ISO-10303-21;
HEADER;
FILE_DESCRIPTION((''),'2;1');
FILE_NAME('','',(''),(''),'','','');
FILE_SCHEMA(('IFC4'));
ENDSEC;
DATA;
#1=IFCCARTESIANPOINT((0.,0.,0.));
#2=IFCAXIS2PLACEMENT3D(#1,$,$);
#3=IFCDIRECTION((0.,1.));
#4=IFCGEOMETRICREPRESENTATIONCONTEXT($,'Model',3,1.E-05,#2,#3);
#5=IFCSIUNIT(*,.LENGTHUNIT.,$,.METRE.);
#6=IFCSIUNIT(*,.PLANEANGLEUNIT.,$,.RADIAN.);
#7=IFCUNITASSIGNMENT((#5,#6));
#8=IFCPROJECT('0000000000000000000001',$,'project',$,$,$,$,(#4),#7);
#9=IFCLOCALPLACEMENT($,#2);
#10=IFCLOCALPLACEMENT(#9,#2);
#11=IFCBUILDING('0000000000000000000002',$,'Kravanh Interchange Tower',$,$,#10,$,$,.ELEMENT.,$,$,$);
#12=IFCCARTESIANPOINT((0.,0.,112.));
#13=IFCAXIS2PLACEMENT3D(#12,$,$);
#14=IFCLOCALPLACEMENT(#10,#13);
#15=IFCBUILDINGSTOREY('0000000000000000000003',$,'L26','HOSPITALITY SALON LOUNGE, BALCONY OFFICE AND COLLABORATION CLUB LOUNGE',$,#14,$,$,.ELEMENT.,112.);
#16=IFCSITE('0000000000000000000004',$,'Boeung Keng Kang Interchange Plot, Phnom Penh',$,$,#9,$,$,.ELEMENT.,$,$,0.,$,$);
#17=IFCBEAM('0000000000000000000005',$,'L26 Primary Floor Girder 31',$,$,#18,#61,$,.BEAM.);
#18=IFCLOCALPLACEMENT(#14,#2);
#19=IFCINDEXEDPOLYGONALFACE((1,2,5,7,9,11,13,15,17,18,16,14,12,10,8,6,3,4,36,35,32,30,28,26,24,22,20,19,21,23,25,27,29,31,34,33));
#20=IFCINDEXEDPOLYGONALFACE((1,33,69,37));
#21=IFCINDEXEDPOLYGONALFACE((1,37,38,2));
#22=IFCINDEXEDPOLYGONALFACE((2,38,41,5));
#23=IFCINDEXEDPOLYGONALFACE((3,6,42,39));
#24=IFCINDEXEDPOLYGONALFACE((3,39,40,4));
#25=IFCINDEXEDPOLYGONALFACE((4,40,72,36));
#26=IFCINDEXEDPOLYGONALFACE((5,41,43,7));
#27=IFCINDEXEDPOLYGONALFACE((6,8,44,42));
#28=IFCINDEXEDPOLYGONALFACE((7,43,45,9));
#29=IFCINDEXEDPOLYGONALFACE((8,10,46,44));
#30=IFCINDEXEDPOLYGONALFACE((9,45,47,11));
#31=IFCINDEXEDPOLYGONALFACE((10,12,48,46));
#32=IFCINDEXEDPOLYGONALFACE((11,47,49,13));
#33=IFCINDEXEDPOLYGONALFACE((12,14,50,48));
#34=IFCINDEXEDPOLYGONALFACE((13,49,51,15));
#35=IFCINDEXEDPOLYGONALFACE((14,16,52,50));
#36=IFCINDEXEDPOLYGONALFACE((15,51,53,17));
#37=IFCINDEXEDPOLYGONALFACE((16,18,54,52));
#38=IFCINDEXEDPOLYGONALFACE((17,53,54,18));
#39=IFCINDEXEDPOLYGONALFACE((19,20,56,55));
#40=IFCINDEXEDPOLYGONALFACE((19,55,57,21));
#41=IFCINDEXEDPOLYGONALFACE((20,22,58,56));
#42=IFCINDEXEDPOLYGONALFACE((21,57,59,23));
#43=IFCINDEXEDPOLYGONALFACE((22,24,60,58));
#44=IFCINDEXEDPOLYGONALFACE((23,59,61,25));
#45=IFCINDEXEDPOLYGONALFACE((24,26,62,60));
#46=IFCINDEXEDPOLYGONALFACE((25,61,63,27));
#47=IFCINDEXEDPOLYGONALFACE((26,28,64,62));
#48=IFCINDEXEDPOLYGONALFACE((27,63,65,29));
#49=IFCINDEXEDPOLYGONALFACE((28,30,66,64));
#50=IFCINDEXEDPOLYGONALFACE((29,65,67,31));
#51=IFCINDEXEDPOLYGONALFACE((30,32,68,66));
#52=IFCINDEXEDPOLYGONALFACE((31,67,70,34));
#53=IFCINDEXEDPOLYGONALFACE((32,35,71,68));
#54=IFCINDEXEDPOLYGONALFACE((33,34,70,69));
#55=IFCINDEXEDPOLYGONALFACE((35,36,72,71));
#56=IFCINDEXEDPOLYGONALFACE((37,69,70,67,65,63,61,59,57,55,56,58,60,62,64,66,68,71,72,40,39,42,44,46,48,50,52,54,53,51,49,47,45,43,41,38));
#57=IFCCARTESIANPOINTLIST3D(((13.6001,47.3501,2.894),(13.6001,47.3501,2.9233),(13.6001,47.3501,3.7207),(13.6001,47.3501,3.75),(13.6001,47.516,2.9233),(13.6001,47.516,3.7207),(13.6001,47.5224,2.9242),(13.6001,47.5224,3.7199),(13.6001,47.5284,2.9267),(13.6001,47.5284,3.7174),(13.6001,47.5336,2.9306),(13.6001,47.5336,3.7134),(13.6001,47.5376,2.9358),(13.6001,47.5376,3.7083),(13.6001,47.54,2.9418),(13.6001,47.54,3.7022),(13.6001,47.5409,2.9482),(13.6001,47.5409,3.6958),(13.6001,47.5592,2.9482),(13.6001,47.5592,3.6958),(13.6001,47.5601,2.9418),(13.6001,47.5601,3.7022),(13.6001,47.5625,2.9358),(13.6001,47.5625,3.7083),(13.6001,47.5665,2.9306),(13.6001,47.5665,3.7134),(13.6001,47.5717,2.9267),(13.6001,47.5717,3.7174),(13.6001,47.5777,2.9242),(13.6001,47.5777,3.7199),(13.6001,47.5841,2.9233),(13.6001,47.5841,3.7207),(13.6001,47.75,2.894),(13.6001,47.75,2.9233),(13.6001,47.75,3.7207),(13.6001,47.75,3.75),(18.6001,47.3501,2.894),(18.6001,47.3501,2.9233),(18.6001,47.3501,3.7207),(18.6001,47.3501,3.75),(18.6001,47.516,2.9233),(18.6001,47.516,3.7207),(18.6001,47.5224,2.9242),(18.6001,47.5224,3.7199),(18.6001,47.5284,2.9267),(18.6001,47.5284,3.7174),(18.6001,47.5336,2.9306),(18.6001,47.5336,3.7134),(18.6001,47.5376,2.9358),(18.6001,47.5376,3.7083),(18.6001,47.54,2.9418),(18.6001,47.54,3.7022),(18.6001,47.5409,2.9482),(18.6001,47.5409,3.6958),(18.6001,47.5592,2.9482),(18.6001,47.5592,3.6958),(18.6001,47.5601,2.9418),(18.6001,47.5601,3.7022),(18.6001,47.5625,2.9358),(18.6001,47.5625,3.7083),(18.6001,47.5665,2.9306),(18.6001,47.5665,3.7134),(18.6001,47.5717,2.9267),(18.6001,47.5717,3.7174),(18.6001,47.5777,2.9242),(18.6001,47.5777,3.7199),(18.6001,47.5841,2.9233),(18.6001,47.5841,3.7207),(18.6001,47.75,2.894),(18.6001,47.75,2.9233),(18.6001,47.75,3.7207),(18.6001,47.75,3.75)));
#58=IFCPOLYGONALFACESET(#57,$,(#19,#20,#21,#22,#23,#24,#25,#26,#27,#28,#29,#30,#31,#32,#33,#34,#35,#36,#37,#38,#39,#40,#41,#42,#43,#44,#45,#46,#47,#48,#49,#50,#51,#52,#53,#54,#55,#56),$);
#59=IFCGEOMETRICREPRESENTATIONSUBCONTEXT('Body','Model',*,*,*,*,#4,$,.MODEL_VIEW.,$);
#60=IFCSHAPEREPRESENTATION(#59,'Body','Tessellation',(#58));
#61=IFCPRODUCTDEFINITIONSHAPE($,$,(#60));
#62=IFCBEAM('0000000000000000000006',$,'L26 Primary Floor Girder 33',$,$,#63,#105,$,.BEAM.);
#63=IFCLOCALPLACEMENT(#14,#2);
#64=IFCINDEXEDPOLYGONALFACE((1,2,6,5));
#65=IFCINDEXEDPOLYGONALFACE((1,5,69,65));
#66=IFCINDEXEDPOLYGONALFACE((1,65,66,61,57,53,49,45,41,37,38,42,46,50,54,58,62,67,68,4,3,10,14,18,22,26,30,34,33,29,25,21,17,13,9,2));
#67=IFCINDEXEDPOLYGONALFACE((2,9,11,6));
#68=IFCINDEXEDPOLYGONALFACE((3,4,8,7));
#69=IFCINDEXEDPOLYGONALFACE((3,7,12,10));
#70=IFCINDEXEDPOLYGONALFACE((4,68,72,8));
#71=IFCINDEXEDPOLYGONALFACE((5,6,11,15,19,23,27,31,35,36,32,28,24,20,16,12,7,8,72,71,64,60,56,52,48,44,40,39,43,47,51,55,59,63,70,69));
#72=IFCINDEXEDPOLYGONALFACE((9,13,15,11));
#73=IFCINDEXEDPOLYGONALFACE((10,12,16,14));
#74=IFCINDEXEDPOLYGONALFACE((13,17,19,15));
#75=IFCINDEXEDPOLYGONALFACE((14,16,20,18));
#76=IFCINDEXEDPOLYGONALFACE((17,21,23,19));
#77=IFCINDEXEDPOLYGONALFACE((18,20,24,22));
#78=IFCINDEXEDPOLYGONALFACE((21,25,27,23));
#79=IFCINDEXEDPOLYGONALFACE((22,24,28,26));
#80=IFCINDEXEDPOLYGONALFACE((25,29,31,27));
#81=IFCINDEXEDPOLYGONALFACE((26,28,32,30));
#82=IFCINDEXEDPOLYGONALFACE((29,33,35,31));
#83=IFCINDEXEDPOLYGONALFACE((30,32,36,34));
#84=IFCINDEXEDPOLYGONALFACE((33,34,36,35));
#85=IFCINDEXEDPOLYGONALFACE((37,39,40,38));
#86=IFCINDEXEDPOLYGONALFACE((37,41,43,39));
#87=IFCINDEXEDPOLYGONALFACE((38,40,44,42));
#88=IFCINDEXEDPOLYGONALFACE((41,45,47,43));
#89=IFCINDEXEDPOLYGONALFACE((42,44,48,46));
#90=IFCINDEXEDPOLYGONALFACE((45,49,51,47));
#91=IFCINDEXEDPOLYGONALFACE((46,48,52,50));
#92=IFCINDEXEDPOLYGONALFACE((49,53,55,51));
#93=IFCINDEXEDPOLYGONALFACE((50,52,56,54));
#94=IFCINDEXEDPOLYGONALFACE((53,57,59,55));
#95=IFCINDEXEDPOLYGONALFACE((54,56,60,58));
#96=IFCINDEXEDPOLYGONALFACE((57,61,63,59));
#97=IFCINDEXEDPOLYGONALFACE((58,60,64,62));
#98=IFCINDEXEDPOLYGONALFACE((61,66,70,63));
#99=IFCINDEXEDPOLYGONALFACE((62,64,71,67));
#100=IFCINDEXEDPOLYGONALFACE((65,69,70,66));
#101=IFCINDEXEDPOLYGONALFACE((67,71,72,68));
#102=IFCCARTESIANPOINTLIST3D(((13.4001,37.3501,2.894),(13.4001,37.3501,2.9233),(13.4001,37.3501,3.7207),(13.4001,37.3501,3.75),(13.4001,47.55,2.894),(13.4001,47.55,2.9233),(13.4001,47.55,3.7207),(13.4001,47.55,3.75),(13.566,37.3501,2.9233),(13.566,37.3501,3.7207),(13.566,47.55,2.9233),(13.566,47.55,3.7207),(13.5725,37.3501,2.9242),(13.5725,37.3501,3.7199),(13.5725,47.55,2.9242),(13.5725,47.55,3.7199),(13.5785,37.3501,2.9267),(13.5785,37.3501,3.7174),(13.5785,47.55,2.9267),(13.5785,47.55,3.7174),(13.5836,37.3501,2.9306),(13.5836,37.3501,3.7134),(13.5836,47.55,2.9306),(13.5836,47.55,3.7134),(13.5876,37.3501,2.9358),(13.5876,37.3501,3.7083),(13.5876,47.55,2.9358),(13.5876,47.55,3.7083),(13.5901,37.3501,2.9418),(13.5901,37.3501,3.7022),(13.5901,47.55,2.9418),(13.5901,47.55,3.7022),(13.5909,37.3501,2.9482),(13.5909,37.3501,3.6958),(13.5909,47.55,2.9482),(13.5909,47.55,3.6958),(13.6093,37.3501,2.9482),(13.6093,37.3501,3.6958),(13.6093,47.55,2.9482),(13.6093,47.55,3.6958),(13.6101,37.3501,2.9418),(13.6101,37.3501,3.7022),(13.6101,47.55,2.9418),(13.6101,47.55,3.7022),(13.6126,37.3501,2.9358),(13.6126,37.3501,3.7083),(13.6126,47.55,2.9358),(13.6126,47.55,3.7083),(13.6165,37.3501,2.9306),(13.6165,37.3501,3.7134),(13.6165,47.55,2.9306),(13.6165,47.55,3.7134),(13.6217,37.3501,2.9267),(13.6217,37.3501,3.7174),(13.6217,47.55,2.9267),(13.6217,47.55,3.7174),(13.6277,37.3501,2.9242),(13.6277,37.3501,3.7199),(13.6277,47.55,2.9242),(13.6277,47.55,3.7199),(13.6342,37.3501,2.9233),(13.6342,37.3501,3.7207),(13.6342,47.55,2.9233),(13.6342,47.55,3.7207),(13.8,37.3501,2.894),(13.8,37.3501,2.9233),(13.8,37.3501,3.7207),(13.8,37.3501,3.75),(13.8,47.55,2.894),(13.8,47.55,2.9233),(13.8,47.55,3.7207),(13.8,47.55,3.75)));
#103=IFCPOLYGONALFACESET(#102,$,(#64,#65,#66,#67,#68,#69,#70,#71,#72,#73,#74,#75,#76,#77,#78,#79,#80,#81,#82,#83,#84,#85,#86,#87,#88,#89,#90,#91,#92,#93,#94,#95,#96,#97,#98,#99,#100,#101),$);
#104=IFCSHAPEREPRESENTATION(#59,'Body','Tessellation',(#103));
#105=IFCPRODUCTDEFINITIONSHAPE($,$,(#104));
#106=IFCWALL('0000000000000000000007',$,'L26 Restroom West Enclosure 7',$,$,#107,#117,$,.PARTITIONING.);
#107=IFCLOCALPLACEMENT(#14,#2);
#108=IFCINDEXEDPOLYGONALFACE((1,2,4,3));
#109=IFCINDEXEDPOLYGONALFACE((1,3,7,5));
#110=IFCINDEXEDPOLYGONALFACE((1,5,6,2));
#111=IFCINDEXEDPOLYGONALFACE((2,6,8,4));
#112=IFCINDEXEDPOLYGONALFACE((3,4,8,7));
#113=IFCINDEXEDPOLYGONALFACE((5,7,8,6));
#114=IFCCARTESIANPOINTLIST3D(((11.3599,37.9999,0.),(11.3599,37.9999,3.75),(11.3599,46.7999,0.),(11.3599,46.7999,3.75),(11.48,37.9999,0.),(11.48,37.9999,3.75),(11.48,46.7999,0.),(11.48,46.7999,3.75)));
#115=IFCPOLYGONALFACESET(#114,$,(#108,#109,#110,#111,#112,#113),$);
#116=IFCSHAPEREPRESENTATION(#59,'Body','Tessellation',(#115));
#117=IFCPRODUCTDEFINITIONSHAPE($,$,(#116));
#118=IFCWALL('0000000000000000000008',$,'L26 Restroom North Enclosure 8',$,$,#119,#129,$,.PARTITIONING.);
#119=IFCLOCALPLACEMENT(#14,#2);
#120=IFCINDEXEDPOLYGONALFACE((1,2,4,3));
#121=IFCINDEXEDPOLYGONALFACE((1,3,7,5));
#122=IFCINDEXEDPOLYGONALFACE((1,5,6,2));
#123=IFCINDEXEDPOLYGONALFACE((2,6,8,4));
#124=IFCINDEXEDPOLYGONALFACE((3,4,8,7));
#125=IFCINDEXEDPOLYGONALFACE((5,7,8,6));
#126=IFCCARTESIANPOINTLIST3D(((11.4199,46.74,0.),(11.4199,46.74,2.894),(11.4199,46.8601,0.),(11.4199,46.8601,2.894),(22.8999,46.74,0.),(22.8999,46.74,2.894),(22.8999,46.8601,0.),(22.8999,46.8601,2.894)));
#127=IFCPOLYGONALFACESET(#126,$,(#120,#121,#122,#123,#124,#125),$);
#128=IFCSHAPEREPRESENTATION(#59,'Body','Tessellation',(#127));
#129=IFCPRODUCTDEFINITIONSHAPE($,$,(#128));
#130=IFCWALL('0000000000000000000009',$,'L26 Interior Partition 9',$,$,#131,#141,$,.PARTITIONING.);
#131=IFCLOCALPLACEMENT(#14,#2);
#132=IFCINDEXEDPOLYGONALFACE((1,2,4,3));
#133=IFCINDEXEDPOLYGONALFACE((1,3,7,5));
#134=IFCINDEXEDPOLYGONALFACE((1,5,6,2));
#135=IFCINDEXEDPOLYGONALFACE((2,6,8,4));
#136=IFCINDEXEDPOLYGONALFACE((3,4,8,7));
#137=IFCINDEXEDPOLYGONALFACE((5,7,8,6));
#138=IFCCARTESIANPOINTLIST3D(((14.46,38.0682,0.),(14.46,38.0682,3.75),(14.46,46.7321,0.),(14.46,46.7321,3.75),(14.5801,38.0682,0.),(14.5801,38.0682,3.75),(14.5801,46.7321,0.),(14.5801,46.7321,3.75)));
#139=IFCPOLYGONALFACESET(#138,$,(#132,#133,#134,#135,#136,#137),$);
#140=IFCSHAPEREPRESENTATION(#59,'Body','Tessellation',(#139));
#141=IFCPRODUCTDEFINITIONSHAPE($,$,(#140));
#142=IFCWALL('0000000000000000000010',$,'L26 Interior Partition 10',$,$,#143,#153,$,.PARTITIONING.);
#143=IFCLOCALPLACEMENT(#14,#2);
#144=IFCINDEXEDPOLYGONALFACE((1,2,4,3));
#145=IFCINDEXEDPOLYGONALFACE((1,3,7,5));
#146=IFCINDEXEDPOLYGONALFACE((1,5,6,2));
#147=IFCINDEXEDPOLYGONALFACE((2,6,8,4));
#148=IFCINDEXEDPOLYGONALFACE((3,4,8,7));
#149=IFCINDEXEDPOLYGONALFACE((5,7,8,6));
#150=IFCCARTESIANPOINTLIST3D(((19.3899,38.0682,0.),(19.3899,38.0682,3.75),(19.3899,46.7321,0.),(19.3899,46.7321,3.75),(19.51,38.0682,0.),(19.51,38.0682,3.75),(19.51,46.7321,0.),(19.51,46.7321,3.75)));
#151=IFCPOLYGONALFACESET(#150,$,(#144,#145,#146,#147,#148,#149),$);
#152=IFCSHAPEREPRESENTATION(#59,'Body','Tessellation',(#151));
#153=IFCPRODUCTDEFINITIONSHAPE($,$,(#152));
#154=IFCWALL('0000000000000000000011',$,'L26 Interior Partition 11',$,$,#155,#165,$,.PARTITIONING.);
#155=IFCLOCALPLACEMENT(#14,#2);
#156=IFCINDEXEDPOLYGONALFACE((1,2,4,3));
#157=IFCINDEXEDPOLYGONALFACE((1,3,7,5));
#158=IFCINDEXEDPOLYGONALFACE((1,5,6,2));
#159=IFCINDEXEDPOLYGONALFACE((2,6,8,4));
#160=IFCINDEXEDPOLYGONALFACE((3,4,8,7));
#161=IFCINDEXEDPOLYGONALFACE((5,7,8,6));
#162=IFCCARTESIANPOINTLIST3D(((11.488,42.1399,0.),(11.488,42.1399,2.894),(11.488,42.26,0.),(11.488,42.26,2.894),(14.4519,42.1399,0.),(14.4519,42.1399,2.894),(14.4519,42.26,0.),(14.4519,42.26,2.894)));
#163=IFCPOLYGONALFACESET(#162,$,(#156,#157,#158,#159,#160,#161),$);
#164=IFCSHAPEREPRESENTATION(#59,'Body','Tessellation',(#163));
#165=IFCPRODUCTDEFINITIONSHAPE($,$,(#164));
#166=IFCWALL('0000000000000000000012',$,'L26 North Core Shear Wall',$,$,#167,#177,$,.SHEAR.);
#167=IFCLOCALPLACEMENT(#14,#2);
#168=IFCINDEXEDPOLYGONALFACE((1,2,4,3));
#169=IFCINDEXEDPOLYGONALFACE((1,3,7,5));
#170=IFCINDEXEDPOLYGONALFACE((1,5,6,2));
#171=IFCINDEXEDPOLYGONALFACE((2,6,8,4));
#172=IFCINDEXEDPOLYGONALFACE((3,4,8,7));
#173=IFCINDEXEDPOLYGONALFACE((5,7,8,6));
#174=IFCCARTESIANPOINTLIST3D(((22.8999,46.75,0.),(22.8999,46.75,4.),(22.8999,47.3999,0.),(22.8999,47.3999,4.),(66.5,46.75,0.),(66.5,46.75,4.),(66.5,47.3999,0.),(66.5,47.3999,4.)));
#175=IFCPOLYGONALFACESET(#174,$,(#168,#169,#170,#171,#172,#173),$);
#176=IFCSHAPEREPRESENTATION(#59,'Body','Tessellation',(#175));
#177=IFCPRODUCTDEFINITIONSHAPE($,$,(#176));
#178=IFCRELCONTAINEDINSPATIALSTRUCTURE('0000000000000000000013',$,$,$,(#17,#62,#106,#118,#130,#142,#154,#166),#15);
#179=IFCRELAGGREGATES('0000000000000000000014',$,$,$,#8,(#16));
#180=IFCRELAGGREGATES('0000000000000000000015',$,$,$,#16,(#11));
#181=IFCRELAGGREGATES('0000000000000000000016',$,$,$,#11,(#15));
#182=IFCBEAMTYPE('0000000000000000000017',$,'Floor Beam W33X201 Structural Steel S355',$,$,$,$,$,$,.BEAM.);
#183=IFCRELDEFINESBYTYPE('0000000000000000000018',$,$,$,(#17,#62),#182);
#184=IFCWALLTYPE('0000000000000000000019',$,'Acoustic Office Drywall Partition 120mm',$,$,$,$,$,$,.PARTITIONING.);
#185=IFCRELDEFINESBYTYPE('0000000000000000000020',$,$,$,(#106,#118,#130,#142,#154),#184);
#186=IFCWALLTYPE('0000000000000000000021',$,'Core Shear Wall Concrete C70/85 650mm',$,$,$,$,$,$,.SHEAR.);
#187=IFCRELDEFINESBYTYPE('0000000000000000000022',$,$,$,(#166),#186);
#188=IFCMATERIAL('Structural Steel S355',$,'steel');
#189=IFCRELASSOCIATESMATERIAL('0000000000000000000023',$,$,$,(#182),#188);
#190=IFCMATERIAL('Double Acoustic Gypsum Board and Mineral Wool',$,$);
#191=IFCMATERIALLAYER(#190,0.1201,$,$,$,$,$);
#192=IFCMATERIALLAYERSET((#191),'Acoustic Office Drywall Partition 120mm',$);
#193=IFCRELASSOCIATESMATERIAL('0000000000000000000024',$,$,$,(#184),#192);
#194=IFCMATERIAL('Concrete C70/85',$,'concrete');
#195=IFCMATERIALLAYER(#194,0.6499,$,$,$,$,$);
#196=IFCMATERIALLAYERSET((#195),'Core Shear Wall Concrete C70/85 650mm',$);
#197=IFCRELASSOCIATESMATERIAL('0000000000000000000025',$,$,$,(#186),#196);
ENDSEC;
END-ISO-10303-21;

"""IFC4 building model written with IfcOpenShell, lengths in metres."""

from ifc_helpers import new_model, si_unit, direction, frame, frame_2d, origin, origin_2d, place, context, subcontext, project, spatial, rectangle, i_section, extrude, material, layer, layer_set, material_profile, profile_set, type_object, element, save


model = new_model("IFC4")

# Units and contexts
model_context = context("Model", 3, precision=1e-05, world=origin(), true_north=direction((0.0, 1.0)))
body_context = subcontext(model_context, "Body", "Model", "MODEL_VIEW")
ifc_project = project(units=[si_unit("LENGTHUNIT", "METRE"), si_unit("PLANEANGLEUNIT", "RADIAN")], contexts=[model_context])

# Site, building, storey
site_placement = place(None, origin())
site = spatial("IfcSite", under=ifc_project, at=site_placement, Name="Boeung Keng Kang Interchange Plot, Phnom Penh", CompositionType="ELEMENT", RefElevation=0.0)
building_placement = place(site_placement, origin())
building = spatial("IfcBuilding", under=site, at=building_placement, Name="Kravanh Interchange Tower", CompositionType="ELEMENT")
storey_placement = place(building_placement, frame((0.0, 0.0, 112.0)))
storey = spatial("IfcBuildingStorey", under=building, at=storey_placement, Name="L26", Description="HOSPITALITY SALON LOUNGE, BALCONY OFFICE AND COLLABORATION CLUB LOUNGE", CompositionType="ELEMENT", Elevation=112.0)

# Beams
ifc_material_1 = material(Name="Structural Steel S355", Category="steel")
ifc_material_profile_1 = material_profile(ifc_material_1, i_section(OverallWidth=0.3999, OverallDepth=0.856, WebThickness=0.0183, FlangeThickness=0.0293, FilletRadius=0.0249, at=origin_2d()), Name="W33X201")
ifc_profile_set_1 = profile_set([ifc_material_profile_1], Name="Structural Steel S355")
beam_type = type_object("IfcBeamType", Name="Floor Beam W33X201 Structural Steel S355", PredefinedType="BEAM", material=ifc_profile_set_1)
beam_1_placement = place(storey_placement, frame((18.6001, 47.55, 3.322), z_axis=(-1.0, 0.0, 0.0), x_axis=(0.0, -1.0, 0.0)))
element("IfcBeam", 1, at=beam_1_placement, inside=storey, type_object=beam_type, Name="L26 Primary Floor Girder 31", PredefinedType="BEAM", context=body_context, shape_type="SweptSolid", body=[
    extrude(i_section(OverallWidth=0.3999, OverallDepth=0.856, WebThickness=0.0183, FlangeThickness=0.0293, FilletRadius=0.0249, at=origin_2d()), origin(), (0.0, 0.0, 1.0), 5.0),
])
beam_2_placement = place(storey_placement, frame((13.6001, 37.3501, 3.322), z_axis=(0.0, 1.0, 0.0), x_axis=(-1.0, 0.0, 0.0)))
element("IfcBeam", 2, at=beam_2_placement, inside=storey, type_object=beam_type, Name="L26 Primary Floor Girder 33", PredefinedType="BEAM", context=body_context, shape_type="SweptSolid", body=[
    extrude(i_section(OverallWidth=0.3999, OverallDepth=0.856, WebThickness=0.0183, FlangeThickness=0.0293, FilletRadius=0.0249, at=origin_2d()), origin(), (0.0, 0.0, 1.0), 10.2),
])

# Shared definitions
ifc_material_2 = material(Name="Double Acoustic Gypsum Board and Mineral Wool")
ifc_layer_1 = layer(ifc_material_2, 0.1201)
ifc_layer_set_1 = layer_set([ifc_layer_1], Name="Acoustic Office Drywall Partition 120mm")
wall_type_1 = type_object("IfcWallType", Name="Acoustic Office Drywall Partition 120mm", PredefinedType="PARTITIONING", material=ifc_layer_set_1)

# Walls
wall_1_placement = place(storey_placement, frame((11.4199, 38.0, 0.0), z_axis=(0.0, 0.0, 1.0), x_axis=(0.0, 1.0, 0.0)))
element("IfcWall", 3, at=wall_1_placement, inside=storey, type_object=wall_type_1, Name="L26 Restroom West Enclosure 7", PredefinedType="PARTITIONING", context=body_context, shape_type="SweptSolid", body=[
    extrude(rectangle(XDim=8.8, YDim=0.1201, at=frame_2d((4.3999, 0.0))), origin(), (0.0, 0.0, 1.0), 3.75),
])
wall_2_placement = place(storey_placement, frame((11.4199, 46.8, 0.0), z_axis=(0.0, 0.0, 1.0), x_axis=(1.0, 0.0, 0.0)))
element("IfcWall", 4, at=wall_2_placement, inside=storey, type_object=wall_type_1, Name="L26 Restroom North Enclosure 8", PredefinedType="PARTITIONING", context=body_context, shape_type="SweptSolid", body=[
    extrude(rectangle(XDim=11.48, YDim=0.1201, at=frame_2d((5.74, 0.0))), origin(), (0.0, 0.0, 1.0), 2.894),
])
for number, where, z_axis, x_axis, name in (
    (5, (14.52, 38.0681, 0.0), (0.0, 0.0, 1.0), (0.0, 1.0, 0.0), "L26 Interior Partition 9"),
    (6, (19.45, 38.0681, 0.0), (0.0, 0.0, 1.0), (0.0, 1.0, 0.0), "L26 Interior Partition 10"),
):
    element("IfcWall", number, at=place(storey_placement, frame(where, z_axis=z_axis, x_axis=x_axis)), inside=storey, type_object=wall_type_1, Name=name, PredefinedType="PARTITIONING", context=body_context, shape_type="SweptSolid", body=[
        extrude(rectangle(XDim=8.6638, YDim=0.1201, at=frame_2d((4.332, 0.0))), origin(), (0.0, 0.0, 1.0), 3.75),
    ])
wall_3_placement = place(storey_placement, frame((11.488, 42.2, 0.0), z_axis=(0.0, 0.0, 1.0), x_axis=(1.0, 0.0, 0.0)))
element("IfcWall", 7, at=wall_3_placement, inside=storey, type_object=wall_type_1, Name="L26 Interior Partition 11", PredefinedType="PARTITIONING", context=body_context, shape_type="SweptSolid", body=[
    extrude(rectangle(XDim=2.9639, YDim=0.1201, at=frame_2d((1.4819, 0.0))), origin(), (0.0, 0.0, 1.0), 2.894),
])
ifc_material_3 = material(Name="Concrete C70/85", Category="concrete")
ifc_layer_2 = layer(ifc_material_3, 0.6499)
ifc_layer_set_2 = layer_set([ifc_layer_2], Name="Core Shear Wall Concrete C70/85 650mm")
wall_type_2 = type_object("IfcWallType", Name="Core Shear Wall Concrete C70/85 650mm", PredefinedType="SHEAR", material=ifc_layer_set_2)
wall_4_placement = place(storey_placement, frame((22.8999, 47.075, 0.0), z_axis=(0.0, 0.0, 1.0), x_axis=(1.0, 0.0, 0.0)))
element("IfcWall", 8, at=wall_4_placement, inside=storey, type_object=wall_type_2, Name="L26 North Core Shear Wall", PredefinedType="SHEAR", context=body_context, shape_type="SweptSolid", body=[
    extrude(rectangle(XDim=43.6001, YDim=0.6499, at=frame_2d((21.8, 0.0))), origin(), (0.0, 0.0, 1.0), 4.0),
])

save(model, "model.ifc")
